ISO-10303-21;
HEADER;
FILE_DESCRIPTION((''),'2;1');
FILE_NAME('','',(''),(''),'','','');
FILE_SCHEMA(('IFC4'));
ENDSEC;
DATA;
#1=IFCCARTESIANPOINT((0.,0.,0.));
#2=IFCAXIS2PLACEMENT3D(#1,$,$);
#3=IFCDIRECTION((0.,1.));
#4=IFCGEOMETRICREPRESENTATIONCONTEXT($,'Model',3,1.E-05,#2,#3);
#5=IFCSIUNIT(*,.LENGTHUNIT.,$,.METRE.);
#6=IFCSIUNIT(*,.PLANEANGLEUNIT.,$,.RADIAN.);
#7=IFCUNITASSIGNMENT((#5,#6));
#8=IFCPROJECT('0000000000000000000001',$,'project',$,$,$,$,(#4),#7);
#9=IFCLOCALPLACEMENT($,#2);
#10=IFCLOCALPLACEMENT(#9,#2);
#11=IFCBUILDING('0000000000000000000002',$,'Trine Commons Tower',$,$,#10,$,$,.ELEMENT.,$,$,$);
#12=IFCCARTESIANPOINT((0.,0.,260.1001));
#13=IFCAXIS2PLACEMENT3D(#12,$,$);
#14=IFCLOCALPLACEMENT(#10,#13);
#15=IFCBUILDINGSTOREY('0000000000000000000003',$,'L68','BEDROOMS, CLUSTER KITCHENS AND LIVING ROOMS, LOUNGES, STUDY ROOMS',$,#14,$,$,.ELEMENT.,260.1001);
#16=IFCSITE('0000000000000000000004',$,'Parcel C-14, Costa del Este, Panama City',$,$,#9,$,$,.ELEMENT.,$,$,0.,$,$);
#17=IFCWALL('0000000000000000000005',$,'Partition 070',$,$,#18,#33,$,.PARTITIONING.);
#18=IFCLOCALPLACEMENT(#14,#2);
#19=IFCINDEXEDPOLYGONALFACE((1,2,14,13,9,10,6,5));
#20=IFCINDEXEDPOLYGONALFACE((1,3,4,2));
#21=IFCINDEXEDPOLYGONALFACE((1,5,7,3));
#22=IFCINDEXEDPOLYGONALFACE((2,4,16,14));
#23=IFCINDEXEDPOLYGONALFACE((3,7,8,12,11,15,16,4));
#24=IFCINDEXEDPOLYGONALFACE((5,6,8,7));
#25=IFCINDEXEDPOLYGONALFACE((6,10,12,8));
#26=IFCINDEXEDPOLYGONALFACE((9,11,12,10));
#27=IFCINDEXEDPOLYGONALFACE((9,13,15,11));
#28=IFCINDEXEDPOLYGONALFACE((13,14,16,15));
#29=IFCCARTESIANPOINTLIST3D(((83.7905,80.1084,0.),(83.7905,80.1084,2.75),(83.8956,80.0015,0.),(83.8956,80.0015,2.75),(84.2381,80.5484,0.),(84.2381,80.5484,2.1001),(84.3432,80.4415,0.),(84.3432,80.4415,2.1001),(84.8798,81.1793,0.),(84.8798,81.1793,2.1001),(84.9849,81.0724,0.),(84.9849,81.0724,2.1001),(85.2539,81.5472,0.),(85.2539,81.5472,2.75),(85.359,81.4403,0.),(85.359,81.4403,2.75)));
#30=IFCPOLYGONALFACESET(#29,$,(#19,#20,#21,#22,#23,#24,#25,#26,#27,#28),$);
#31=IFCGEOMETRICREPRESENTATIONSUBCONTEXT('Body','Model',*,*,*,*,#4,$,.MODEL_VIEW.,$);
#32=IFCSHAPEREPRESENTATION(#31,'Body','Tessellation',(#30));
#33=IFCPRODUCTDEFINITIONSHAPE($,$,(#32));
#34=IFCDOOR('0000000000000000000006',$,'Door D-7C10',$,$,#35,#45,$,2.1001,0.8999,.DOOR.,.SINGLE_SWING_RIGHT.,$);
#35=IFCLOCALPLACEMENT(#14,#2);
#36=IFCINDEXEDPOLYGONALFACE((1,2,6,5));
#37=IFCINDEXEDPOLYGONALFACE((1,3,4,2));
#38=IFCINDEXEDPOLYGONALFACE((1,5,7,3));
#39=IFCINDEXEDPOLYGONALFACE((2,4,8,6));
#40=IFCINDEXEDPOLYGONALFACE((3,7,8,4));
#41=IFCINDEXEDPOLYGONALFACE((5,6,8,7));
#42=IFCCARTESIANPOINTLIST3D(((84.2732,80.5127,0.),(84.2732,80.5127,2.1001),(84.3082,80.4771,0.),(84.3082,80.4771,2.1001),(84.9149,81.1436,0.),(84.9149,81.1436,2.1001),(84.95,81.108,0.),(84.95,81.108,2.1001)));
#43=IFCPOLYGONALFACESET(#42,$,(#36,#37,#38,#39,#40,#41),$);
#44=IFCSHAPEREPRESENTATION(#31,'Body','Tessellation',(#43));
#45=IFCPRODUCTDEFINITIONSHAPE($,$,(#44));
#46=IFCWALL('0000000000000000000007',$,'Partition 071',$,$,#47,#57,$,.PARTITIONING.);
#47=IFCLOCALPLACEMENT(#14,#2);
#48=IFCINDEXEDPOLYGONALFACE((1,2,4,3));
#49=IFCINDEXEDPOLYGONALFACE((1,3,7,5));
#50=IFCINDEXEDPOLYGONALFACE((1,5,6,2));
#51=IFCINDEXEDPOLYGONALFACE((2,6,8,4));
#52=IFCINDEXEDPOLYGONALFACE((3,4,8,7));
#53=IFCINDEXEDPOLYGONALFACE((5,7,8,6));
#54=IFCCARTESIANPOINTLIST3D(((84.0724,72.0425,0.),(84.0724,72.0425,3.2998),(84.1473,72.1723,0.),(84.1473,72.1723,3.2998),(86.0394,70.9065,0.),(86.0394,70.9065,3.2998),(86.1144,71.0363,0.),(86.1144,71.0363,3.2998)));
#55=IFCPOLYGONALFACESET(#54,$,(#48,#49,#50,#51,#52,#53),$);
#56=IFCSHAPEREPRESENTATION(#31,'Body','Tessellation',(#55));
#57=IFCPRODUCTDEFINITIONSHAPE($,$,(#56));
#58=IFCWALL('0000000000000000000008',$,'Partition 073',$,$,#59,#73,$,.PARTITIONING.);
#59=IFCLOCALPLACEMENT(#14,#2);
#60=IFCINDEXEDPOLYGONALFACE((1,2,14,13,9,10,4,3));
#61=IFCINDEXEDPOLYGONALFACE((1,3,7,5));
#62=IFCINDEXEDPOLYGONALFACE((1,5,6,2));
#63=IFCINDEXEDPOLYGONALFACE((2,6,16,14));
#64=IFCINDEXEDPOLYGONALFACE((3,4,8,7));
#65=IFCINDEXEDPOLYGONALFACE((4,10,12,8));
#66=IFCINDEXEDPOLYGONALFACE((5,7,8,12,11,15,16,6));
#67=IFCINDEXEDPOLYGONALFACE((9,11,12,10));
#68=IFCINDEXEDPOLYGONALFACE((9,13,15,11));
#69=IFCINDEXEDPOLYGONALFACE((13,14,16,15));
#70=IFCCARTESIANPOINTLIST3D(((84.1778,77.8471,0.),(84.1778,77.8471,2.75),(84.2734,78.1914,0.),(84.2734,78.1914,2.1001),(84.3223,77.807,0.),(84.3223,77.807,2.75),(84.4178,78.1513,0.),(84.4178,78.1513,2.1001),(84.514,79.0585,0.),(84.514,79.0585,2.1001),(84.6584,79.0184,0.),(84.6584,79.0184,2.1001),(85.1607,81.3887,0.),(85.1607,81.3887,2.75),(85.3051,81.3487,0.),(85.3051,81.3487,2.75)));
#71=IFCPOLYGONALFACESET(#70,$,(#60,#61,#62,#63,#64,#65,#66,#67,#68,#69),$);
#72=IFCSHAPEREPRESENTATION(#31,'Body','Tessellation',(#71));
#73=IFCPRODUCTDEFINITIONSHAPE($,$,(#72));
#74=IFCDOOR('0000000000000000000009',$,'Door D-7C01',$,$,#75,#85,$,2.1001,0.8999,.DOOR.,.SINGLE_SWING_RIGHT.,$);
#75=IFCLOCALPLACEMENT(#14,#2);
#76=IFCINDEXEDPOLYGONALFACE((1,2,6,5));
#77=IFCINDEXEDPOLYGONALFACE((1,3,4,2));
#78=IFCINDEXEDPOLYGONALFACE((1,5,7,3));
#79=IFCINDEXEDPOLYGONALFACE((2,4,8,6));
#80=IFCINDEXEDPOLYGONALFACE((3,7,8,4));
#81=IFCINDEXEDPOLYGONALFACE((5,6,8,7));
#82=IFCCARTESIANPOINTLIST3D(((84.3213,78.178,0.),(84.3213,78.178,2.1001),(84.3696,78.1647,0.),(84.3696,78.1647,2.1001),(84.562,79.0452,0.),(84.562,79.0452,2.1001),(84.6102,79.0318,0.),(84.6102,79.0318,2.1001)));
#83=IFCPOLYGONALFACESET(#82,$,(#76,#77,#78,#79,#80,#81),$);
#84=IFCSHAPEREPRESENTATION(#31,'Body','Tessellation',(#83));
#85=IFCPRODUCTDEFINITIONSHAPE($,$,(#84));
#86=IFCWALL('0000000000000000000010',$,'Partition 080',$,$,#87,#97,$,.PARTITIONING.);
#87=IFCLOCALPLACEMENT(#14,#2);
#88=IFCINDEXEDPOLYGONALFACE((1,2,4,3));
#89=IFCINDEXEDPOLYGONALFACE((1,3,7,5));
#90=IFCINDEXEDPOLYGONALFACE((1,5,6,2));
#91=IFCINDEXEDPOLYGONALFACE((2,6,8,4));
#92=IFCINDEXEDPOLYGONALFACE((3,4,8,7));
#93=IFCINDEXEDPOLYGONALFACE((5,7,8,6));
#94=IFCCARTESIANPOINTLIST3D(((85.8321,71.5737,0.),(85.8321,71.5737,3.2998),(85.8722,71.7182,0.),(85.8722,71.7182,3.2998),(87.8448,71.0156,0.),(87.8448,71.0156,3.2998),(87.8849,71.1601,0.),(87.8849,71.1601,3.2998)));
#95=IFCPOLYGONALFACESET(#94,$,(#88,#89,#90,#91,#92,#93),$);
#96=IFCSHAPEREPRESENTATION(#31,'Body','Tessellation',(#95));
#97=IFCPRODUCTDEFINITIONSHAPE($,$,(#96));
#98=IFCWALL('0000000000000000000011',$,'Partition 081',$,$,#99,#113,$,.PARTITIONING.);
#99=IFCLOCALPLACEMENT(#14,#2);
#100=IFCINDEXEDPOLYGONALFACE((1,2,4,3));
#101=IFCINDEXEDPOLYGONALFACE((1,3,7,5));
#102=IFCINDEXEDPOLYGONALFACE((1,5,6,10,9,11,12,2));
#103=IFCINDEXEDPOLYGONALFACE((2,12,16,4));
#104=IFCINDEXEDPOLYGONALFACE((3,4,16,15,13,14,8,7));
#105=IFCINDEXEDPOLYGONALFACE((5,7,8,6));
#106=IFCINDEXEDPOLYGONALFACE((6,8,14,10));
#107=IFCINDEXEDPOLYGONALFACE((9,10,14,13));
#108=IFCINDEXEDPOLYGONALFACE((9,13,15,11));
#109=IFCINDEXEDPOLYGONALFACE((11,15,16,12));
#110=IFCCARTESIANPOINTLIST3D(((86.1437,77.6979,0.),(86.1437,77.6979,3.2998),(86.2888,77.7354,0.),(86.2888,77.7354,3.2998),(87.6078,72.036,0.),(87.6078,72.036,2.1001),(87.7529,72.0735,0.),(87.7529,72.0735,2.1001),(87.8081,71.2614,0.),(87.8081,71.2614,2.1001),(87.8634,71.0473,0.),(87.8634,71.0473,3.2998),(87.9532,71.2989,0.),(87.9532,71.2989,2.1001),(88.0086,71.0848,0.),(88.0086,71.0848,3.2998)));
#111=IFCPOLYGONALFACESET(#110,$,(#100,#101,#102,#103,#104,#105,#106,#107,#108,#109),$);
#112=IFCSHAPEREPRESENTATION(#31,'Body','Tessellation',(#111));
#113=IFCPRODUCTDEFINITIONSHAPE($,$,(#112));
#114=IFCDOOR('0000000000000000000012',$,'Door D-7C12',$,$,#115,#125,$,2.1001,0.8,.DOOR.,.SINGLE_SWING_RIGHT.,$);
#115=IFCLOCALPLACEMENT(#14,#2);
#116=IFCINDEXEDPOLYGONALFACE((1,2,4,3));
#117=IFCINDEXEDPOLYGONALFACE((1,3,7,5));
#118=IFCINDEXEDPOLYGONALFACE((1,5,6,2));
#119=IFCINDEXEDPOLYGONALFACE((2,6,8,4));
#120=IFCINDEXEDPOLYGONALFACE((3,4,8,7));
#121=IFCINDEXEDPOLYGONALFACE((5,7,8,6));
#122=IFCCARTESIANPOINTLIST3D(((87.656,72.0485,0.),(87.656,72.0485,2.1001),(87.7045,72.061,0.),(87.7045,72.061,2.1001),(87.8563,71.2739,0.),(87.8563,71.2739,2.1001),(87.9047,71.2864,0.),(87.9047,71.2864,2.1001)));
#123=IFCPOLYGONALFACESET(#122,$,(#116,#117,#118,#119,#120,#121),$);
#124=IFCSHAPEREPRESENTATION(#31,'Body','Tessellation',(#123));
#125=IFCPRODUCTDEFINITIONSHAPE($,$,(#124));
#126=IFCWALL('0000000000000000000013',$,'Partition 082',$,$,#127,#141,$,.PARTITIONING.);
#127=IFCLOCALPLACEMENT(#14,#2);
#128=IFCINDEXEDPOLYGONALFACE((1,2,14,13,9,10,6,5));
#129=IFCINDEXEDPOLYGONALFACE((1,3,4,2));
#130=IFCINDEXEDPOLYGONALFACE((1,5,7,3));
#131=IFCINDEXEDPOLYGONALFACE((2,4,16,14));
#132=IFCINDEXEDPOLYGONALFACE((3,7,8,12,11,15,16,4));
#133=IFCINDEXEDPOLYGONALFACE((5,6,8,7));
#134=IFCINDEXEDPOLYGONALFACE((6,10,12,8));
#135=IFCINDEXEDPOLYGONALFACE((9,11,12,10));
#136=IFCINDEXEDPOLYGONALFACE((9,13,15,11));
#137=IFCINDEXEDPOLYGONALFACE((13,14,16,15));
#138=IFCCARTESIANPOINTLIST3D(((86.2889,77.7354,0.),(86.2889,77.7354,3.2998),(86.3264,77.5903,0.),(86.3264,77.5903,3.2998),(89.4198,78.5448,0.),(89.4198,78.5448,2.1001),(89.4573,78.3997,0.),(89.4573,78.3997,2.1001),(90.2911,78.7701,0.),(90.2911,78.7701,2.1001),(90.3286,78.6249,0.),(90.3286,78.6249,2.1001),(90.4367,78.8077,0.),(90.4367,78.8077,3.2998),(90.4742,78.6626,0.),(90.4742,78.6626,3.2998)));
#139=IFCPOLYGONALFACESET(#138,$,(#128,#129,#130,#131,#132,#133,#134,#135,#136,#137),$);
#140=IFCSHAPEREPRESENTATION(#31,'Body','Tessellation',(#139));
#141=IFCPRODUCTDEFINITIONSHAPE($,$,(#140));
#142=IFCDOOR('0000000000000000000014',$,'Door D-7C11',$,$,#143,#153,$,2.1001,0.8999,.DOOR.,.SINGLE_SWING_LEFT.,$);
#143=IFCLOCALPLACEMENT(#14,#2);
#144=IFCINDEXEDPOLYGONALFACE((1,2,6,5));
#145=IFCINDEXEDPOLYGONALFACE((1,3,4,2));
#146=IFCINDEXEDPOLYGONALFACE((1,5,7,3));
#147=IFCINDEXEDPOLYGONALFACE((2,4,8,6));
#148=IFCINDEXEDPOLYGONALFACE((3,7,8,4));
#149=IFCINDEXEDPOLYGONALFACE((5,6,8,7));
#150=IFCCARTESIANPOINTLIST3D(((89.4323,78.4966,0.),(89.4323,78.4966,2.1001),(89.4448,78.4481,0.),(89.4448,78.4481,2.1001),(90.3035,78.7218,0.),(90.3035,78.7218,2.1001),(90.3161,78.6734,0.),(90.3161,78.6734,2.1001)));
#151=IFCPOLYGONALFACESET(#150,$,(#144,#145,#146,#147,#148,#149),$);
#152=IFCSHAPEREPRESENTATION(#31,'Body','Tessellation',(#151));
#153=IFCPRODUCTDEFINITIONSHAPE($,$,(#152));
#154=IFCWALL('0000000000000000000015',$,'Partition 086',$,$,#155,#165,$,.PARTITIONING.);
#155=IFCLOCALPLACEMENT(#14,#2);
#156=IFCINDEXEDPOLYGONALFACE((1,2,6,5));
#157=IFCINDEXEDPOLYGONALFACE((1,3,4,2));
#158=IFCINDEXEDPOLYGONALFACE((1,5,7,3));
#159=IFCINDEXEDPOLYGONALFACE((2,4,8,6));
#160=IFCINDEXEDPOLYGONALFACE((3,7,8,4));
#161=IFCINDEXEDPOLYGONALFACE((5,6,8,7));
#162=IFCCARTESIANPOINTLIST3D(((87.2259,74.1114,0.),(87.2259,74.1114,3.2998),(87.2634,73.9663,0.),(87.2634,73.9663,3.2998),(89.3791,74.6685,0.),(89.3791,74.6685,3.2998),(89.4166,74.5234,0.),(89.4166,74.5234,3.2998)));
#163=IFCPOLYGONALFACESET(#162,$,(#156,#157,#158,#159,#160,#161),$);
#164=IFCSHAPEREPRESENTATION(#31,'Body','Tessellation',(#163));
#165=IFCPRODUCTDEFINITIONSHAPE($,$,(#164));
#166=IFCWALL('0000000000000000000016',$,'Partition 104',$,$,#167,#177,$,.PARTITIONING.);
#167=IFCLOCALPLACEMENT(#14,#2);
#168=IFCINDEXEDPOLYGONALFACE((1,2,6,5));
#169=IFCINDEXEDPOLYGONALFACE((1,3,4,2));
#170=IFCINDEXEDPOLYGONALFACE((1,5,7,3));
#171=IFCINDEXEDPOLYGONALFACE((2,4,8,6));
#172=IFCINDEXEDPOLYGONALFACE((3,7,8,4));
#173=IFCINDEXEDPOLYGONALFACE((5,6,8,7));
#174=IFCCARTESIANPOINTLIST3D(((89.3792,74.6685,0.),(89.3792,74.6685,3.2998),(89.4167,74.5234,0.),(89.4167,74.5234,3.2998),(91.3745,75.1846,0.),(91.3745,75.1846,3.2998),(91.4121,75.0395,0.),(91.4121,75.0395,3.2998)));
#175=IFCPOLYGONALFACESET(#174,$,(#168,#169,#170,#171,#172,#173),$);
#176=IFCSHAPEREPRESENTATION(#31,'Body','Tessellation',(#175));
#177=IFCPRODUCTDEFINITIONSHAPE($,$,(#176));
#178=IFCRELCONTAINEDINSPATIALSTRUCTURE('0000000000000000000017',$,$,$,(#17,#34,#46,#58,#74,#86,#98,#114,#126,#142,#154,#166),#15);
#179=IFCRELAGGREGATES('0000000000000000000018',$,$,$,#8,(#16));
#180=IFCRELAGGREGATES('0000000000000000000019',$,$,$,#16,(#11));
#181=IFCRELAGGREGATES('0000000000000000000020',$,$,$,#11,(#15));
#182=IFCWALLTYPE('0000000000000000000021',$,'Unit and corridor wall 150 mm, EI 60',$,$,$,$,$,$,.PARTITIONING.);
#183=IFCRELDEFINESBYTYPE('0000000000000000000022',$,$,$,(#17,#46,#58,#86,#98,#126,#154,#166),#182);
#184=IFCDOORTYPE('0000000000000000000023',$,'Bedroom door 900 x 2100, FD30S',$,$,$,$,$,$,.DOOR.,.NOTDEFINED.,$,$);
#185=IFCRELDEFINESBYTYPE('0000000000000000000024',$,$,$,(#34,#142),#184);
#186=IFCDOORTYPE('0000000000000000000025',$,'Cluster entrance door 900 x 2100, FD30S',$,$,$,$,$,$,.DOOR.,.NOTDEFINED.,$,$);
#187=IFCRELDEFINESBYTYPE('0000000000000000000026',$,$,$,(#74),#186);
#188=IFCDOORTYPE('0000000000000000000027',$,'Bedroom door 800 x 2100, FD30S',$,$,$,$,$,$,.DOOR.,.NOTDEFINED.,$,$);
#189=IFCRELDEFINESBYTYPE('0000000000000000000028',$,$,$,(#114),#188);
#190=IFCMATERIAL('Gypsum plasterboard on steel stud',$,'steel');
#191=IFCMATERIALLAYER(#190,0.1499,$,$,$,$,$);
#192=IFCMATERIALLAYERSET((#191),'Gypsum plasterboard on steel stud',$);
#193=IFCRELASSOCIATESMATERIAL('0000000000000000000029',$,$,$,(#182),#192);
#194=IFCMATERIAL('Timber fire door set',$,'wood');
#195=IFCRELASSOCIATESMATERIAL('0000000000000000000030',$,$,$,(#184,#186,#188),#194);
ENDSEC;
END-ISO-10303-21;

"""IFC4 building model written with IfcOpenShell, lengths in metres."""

from ifc_helpers import new_model, si_unit, direction, frame, frame_2d, origin, place, context, subcontext, project, spatial, rectangle, extrude, material, layer, layer_set, type_object, element, fill, save


model = new_model("IFC4")

# Units and contexts
model_context = context("Model", 3, precision=1e-05, world=origin(), true_north=direction((0.0, 1.0)))
body_context = subcontext(model_context, "Body", "Model", "MODEL_VIEW")
ifc_project = project(units=[si_unit("LENGTHUNIT", "METRE"), si_unit("PLANEANGLEUNIT", "RADIAN")], contexts=[model_context])

# Site, building, storey
site_placement = place(None, origin())
site = spatial("IfcSite", under=ifc_project, at=site_placement, Name="Parcel C-14, Costa del Este, Panama City", CompositionType="ELEMENT", RefElevation=0.0)
building_placement = place(site_placement, origin())
building = spatial("IfcBuilding", under=site, at=building_placement, Name="Trine Commons Tower", CompositionType="ELEMENT")
storey_placement = place(building_placement, frame((0.0, 0.0, 260.1001)))
storey = spatial("IfcBuildingStorey", under=building, at=storey_placement, Name="L68", Description="BEDROOMS, CLUSTER KITCHENS AND LIVING ROOMS, LOUNGES, STUDY ROOMS", CompositionType="ELEMENT", Elevation=260.1001)

# Shared definitions
ifc_material_1 = material(Name="Gypsum plasterboard on steel stud", Category="steel")
ifc_layer_1 = layer(ifc_material_1, 0.1499)
ifc_layer_set_1 = layer_set([ifc_layer_1], Name="Gypsum plasterboard on steel stud")
wall_type_1 = type_object("IfcWallType", Name="Unit and corridor wall 150 mm, EI 60", PredefinedType="PARTITIONING", material=ifc_layer_set_1)

# Wall, opening, door
wall_1_placement = place(storey_placement, frame((83.843, 80.0549, 0.0), z_axis=(0.0, 0.0, 1.0), x_axis=(0.713089, 0.701073, 0.0)))
wall_1 = element("IfcWall", 1, at=wall_1_placement, inside=storey, type_object=wall_type_1, Name="Partition 070", PredefinedType="PARTITIONING", context=body_context, shape_type="SweptSolid", body=[
    extrude(rectangle(XDim=2.0522, YDim=0.1499, at=frame_2d((1.0261, 0.0))), origin(), (0.0, 0.0, 1.0), 2.75),
])
opening_1_placement = place(wall_1_placement, frame((0.6277, 0.0, 0.0)))
opening_1 = element("IfcOpeningElement", 2, at=opening_1_placement, cuts=wall_1, PredefinedType="OPENING", context=body_context, shape_type="SweptSolid", body=[
    extrude(rectangle(XDim=0.8999, YDim=2.1001, at=frame_2d((0.45, 1.05))), frame((0.0, 0.085, 0.0), z_axis=(0.0, -1.0, 0.0), x_axis=(1.0, 0.0, 0.0)), (0.0, 0.0, 1.0), 0.1699),
])
ifc_material_2 = material(Name="Timber fire door set", Category="wood")
door_type_1 = type_object("IfcDoorType", Name="Bedroom door 900 x 2100, FD30S", OperationType="NOTDEFINED", PredefinedType="DOOR", material=ifc_material_2)
door_1_placement = place(opening_1_placement, origin())
door_1 = element("IfcDoor", 3, at=door_1_placement, inside=storey, type_object=door_type_1, Name="Door D-7C10", OperationType="SINGLE_SWING_RIGHT", OverallHeight=2.1001, OverallWidth=0.8999, PredefinedType="DOOR", context=body_context, shape_type="SweptSolid", body=[
    extrude(rectangle(XDim=0.8999, YDim=2.1001, at=frame_2d((0.45, 1.05))), frame((0.0, 0.0249, 0.0), z_axis=(0.0, -1.0, 0.0), x_axis=(1.0, 0.0, 0.0)), (0.0, 0.0, 1.0), 0.05),
])
fill(opening_1, door_1)

# Wall
wall_2_placement = place(storey_placement, frame((84.1099, 72.1074, 0.0), z_axis=(0.0, 0.0, 1.0), x_axis=(0.865965, -0.500104, 0.0)))
element("IfcWall", 4, at=wall_2_placement, inside=storey, type_object=wall_type_1, Name="Partition 071", PredefinedType="PARTITIONING", context=body_context, shape_type="SweptSolid", body=[
    extrude(rectangle(XDim=2.2715, YDim=0.1499, at=frame_2d((1.1357, 0.0))), origin(), (0.0, 0.0, 1.0), 3.2998),
])

# Wall, opening, door
wall_3_placement = place(storey_placement, frame((84.25, 77.8269, 0.0), z_axis=(0.0, 0.0, 1.0), x_axis=(0.267414, 0.963582, 0.0)))
wall_3 = element("IfcWall", 5, at=wall_3_placement, inside=storey, type_object=wall_type_1, Name="Partition 073", PredefinedType="PARTITIONING", context=body_context, shape_type="SweptSolid", body=[
    extrude(rectangle(XDim=3.6755, YDim=0.1499, at=frame_2d((1.8379, 0.0))), origin(), (0.0, 0.0, 1.0), 2.75),
])
opening_2_placement = place(wall_3_placement, frame((0.3574, 0.0, 0.0)))
opening_2 = element("IfcOpeningElement", 6, at=opening_2_placement, cuts=wall_3, PredefinedType="OPENING", context=body_context, shape_type="SweptSolid", body=[
    extrude(rectangle(XDim=0.8999, YDim=2.1001, at=frame_2d((0.45, 1.05))), frame((0.0, 0.085, 0.0), z_axis=(0.0, -1.0, 0.0), x_axis=(1.0, 0.0, 0.0)), (0.0, 0.0, 1.0), 0.1699),
])
door_type_2 = type_object("IfcDoorType", Name="Cluster entrance door 900 x 2100, FD30S", OperationType="NOTDEFINED", PredefinedType="DOOR", material=ifc_material_2)
door_2_placement = place(opening_2_placement, frame((0.8999, 0.0, 0.0), z_axis=(0.0, 0.0, 1.0), x_axis=(-1.0, 0.0, 0.0)))
door_2 = element("IfcDoor", 7, at=door_2_placement, inside=storey, type_object=door_type_2, Name="Door D-7C01", OperationType="SINGLE_SWING_RIGHT", OverallHeight=2.1001, OverallWidth=0.8999, PredefinedType="DOOR", context=body_context, shape_type="SweptSolid", body=[
    extrude(rectangle(XDim=0.8999, YDim=2.1001, at=frame_2d((0.45, 1.05))), frame((0.0, 0.0249, 0.0), z_axis=(0.0, -1.0, 0.0), x_axis=(1.0, 0.0, 0.0)), (0.0, 0.0, 1.0), 0.05),
])
fill(opening_2, door_2)

# Wall
wall_4_placement = place(storey_placement, frame((85.8521, 71.646, 0.0), z_axis=(0.0, 0.0, 1.0), x_axis=(0.963638, -0.26721, 0.0)))
element("IfcWall", 8, at=wall_4_placement, inside=storey, type_object=wall_type_1, Name="Partition 080", PredefinedType="PARTITIONING", context=body_context, shape_type="SweptSolid", body=[
    extrude(rectangle(XDim=2.0886, YDim=0.1499, at=frame_2d((1.0444, 0.0))), origin(), (0.0, 0.0, 1.0), 3.2998),
])

# Walls, openings, doors
wall_5_placement = place(storey_placement, frame((86.2163, 77.7166, 0.0), z_axis=(0.0, 0.0, 1.0), x_axis=(0.250347, -0.968156, 0.0)))
wall_5 = element("IfcWall", 9, at=wall_5_placement, inside=storey, type_object=wall_type_1, Name="Partition 081", PredefinedType="PARTITIONING", context=body_context, shape_type="SweptSolid", body=[
    extrude(rectangle(XDim=6.8694, YDim=0.1499, at=frame_2d((3.4346, 0.0))), origin(), (0.0, 0.0, 1.0), 3.2998),
])
opening_3_placement = place(wall_5_placement, frame((5.8481, 0.0, 0.0)))
opening_3 = element("IfcOpeningElement", 10, at=opening_3_placement, cuts=wall_5, PredefinedType="OPENING", context=body_context, shape_type="SweptSolid", body=[
    extrude(rectangle(XDim=0.8, YDim=2.1001, at=frame_2d((0.3999, 1.05))), frame((0.0, 0.085, 0.0), z_axis=(0.0, -1.0, 0.0), x_axis=(1.0, 0.0, 0.0)), (0.0, 0.0, 1.0), 0.1699),
])
door_type_3 = type_object("IfcDoorType", Name="Bedroom door 800 x 2100, FD30S", OperationType="NOTDEFINED", PredefinedType="DOOR", material=ifc_material_2)
door_3_placement = place(opening_3_placement, origin())
door_3 = element("IfcDoor", 11, at=door_3_placement, inside=storey, type_object=door_type_3, Name="Door D-7C12", OperationType="SINGLE_SWING_RIGHT", OverallHeight=2.1001, OverallWidth=0.8, PredefinedType="DOOR", context=body_context, shape_type="SweptSolid", body=[
    extrude(rectangle(XDim=0.8, YDim=2.1001, at=frame_2d((0.3999, 1.05))), frame((0.0, 0.0249, 0.0), z_axis=(0.0, -1.0, 0.0), x_axis=(1.0, 0.0, 0.0)), (0.0, 0.0, 1.0), 0.05),
])
fill(opening_3, door_3)
wall_6_placement = place(storey_placement, frame((86.3076, 77.6628, 0.0), z_axis=(0.0, 0.0, 1.0), x_axis=(0.96817, 0.250292, 0.0)))
wall_6 = element("IfcWall", 12, at=wall_6_placement, inside=storey, type_object=wall_type_1, Name="Partition 082", PredefinedType="PARTITIONING", context=body_context, shape_type="SweptSolid", body=[
    extrude(rectangle(XDim=4.2842, YDim=0.1499, at=frame_2d((2.1421, 0.0))), origin(), (0.0, 0.0, 1.0), 3.2998),
])
opening_4_placement = place(wall_6_placement, frame((3.2339, 0.0, 0.0)))
opening_4 = element("IfcOpeningElement", 13, at=opening_4_placement, cuts=wall_6, PredefinedType="OPENING", context=body_context, shape_type="SweptSolid", body=[
    extrude(rectangle(XDim=0.8999, YDim=2.1001, at=frame_2d((0.45, 1.05))), frame((0.0, 0.085, 0.0), z_axis=(0.0, -1.0, 0.0), x_axis=(1.0, 0.0, 0.0)), (0.0, 0.0, 1.0), 0.1699),
])
door_4_placement = place(opening_4_placement, frame((0.8999, 0.0, 0.0), z_axis=(0.0, 0.0, 1.0), x_axis=(-1.0, 0.0, 0.0)))
door_4 = element("IfcDoor", 14, at=door_4_placement, inside=storey, type_object=door_type_1, Name="Door D-7C11", OperationType="SINGLE_SWING_LEFT", OverallHeight=2.1001, OverallWidth=0.8999, PredefinedType="DOOR", context=body_context, shape_type="SweptSolid", body=[
    extrude(rectangle(XDim=0.8999, YDim=2.1001, at=frame_2d((0.45, 1.05))), frame((0.0, 0.0249, 0.0), z_axis=(0.0, -1.0, 0.0), x_axis=(1.0, 0.0, 0.0)), (0.0, 0.0, 1.0), 0.05),
])
fill(opening_4, door_4)

# Walls
wall_7_placement = place(storey_placement, frame((87.2446, 74.0388, 0.0), z_axis=(0.0, 0.0, 1.0), x_axis=(0.968121, 0.250482, 0.0)))
element("IfcWall", 15, at=wall_7_placement, inside=storey, type_object=wall_type_1, Name="Partition 086", PredefinedType="PARTITIONING", context=body_context, shape_type="SweptSolid", body=[
    extrude(rectangle(XDim=2.2241, YDim=0.1499, at=frame_2d((1.1121, 0.0))), origin(), (0.0, 0.0, 1.0), 3.2998),
])
wall_8_placement = place(storey_placement, frame((89.3979, 74.5959, 0.0), z_axis=(0.0, 0.0, 1.0), x_axis=(0.968138, 0.250415, 0.0)))
element("IfcWall", 16, at=wall_8_placement, inside=storey, type_object=wall_type_1, Name="Partition 104", PredefinedType="PARTITIONING", context=body_context, shape_type="SweptSolid", body=[
    extrude(rectangle(XDim=2.061, YDim=0.1499, at=frame_2d((1.0305, 0.0))), origin(), (0.0, 0.0, 1.0), 3.2998),
])

save(model, "model.ifc")
